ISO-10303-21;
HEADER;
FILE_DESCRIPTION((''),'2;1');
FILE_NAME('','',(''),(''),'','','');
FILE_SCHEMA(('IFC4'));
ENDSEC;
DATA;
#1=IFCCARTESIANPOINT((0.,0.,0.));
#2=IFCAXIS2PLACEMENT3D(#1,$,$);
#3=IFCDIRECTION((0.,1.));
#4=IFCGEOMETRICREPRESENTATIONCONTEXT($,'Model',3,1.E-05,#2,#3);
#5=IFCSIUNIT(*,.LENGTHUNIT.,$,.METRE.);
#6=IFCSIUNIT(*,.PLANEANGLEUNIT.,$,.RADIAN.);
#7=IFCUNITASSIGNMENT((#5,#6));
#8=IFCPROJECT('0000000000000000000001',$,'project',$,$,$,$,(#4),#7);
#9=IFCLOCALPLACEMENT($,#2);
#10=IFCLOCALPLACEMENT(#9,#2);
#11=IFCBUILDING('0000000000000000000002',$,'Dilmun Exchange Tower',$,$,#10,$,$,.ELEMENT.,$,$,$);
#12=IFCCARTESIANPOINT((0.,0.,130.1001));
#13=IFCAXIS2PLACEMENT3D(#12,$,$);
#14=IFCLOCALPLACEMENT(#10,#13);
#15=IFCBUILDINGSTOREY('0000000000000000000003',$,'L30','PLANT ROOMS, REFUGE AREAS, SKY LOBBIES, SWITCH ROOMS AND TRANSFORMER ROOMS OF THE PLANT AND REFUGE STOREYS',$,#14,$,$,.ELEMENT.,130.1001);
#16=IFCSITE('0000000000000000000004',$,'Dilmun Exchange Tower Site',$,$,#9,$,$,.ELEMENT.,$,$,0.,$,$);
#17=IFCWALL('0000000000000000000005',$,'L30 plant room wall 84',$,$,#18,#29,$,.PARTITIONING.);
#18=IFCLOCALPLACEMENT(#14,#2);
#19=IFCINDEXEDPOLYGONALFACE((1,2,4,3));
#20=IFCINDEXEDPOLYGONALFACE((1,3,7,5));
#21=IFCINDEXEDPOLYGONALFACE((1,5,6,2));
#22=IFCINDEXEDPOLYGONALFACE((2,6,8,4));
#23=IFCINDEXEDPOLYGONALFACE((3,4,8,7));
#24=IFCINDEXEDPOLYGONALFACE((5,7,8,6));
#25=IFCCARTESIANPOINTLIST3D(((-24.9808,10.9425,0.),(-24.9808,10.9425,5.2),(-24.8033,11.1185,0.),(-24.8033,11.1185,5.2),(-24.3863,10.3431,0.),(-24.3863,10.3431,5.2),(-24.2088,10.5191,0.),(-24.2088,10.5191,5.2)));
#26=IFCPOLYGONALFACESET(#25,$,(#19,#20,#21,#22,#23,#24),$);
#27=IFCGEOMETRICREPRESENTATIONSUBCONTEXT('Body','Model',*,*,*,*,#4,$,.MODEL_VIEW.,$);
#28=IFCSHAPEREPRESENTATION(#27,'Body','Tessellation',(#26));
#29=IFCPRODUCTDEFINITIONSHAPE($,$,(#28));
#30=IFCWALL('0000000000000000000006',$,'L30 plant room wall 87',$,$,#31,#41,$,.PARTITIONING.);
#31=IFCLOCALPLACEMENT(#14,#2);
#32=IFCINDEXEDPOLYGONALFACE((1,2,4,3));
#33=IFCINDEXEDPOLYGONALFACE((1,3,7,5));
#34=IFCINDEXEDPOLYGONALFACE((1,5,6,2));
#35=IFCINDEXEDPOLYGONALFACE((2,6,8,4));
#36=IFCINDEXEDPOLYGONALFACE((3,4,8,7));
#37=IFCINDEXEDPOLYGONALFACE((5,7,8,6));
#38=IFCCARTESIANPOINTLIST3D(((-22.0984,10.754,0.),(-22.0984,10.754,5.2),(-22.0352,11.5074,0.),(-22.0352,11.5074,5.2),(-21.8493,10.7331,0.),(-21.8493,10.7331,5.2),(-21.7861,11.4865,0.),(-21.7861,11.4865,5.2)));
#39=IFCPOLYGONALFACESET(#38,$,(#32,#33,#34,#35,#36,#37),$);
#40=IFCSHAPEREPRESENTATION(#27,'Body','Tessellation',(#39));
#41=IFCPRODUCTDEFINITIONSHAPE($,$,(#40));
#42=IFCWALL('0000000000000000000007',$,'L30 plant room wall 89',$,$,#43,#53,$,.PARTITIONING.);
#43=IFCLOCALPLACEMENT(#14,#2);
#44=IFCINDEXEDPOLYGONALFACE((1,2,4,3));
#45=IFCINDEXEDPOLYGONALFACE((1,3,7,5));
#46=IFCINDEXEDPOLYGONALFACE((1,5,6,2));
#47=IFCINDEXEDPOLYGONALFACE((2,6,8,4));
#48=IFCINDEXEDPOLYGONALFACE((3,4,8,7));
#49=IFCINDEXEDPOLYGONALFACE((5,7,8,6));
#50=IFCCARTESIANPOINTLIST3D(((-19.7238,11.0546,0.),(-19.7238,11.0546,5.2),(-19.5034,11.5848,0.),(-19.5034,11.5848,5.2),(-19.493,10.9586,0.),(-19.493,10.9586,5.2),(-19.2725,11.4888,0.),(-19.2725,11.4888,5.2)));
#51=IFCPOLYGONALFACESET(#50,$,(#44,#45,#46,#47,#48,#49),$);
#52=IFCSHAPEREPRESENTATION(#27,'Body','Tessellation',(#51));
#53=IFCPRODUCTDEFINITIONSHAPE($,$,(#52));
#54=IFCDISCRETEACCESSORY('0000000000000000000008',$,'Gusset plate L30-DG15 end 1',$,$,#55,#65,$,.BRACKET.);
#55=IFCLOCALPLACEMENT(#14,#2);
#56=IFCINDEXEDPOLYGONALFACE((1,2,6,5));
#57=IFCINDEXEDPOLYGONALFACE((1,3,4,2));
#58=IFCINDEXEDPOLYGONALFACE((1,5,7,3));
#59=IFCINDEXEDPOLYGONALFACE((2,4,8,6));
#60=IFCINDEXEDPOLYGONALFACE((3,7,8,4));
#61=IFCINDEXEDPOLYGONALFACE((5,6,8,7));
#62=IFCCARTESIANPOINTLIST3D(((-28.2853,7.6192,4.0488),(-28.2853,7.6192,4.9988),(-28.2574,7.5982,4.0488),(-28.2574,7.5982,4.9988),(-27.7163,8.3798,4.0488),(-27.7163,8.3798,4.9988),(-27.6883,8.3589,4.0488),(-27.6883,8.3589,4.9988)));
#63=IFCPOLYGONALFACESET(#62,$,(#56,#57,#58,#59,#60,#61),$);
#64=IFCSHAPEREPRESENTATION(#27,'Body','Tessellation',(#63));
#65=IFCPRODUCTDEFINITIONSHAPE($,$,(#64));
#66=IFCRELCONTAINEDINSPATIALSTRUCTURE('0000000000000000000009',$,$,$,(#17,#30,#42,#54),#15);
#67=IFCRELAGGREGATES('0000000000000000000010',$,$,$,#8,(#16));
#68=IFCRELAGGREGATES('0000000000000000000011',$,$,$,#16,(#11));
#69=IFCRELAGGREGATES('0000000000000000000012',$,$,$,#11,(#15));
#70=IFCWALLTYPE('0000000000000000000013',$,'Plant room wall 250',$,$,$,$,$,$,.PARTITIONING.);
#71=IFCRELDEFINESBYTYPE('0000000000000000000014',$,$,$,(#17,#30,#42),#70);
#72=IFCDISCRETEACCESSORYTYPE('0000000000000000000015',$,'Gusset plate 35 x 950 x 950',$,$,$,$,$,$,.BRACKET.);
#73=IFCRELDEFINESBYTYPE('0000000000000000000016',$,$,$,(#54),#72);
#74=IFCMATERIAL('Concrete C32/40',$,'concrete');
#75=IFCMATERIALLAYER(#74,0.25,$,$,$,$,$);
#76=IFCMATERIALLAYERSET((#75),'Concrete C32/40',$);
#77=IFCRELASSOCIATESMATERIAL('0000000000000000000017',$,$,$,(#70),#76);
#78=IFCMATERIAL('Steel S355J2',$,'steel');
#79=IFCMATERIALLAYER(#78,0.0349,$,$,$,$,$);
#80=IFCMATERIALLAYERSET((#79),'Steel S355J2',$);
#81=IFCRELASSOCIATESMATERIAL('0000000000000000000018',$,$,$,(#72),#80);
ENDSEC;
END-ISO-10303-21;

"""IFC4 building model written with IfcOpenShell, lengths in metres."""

from ifc_helpers import new_model, si_unit, direction, frame, frame_2d, origin, origin_2d, place, context, subcontext, project, spatial, rectangle, extrude, material, layer, layer_set, type_object, element, save


model = new_model("IFC4")

# Units and contexts
model_context = context("Model", 3, precision=1e-05, world=origin(), true_north=direction((0.0, 1.0)))
body_context = subcontext(model_context, "Body", "Model", "MODEL_VIEW")
ifc_project = project(units=[si_unit("LENGTHUNIT", "METRE"), si_unit("PLANEANGLEUNIT", "RADIAN")], contexts=[model_context])

# Site, building, storey
site_placement = place(None, origin())
site = spatial("IfcSite", under=ifc_project, at=site_placement, Name="Dilmun Exchange Tower Site", CompositionType="ELEMENT", RefElevation=0.0)
building_placement = place(site_placement, origin())
building = spatial("IfcBuilding", under=site, at=building_placement, Name="Dilmun Exchange Tower", CompositionType="ELEMENT")
storey_placement = place(building_placement, frame((0.0, 0.0, 130.1001)))
storey = spatial("IfcBuildingStorey", under=building, at=storey_placement, Name="L30", Description="PLANT ROOMS, REFUGE AREAS, SKY LOBBIES, SWITCH ROOMS AND TRANSFORMER ROOMS OF THE PLANT AND REFUGE STOREYS", CompositionType="ELEMENT", Elevation=130.1001)

# Walls
ifc_material_1 = material(Name="Concrete C32/40", Category="concrete")
ifc_layer_1 = layer(ifc_material_1, 0.25)
ifc_layer_set_1 = layer_set([ifc_layer_1], Name="Concrete C32/40")
wall_type = type_object("IfcWallType", Name="Plant room wall 250", PredefinedType="PARTITIONING", material=ifc_layer_set_1)
wall_1_placement = place(storey_placement, frame((-24.8921, 11.0305, 0.0), z_axis=(0.0, 0.0, 1.0), x_axis=(0.704209, -0.709993, 0.0)))
element("IfcWall", 1, at=wall_1_placement, inside=storey, type_object=wall_type, Name="L30 plant room wall 84", PredefinedType="PARTITIONING", context=body_context, shape_type="SweptSolid", body=[
    extrude(rectangle(XDim=0.8442, YDim=0.25, at=frame_2d((0.4221, 0.0))), origin(), (0.0, 0.0, 1.0), 5.2),
])
wall_2_placement = place(storey_placement, frame((-21.9739, 10.7437, 0.0), z_axis=(0.0, 0.0, 1.0), x_axis=(0.083633, 0.996497, 0.0)))
element("IfcWall", 2, at=wall_2_placement, inside=storey, type_object=wall_type, Name="L30 plant room wall 87", PredefinedType="PARTITIONING", context=body_context, shape_type="SweptSolid", body=[
    extrude(rectangle(XDim=0.7561, YDim=0.25, at=frame_2d((0.3779, 0.0))), origin(), (0.0, 0.0, 1.0), 5.2),
])
wall_3_placement = place(storey_placement, frame((-19.6084, 11.0066, 0.0), z_axis=(0.0, 0.0, 1.0), x_axis=(0.383891, 0.923379, 0.0)))
element("IfcWall", 3, at=wall_3_placement, inside=storey, type_object=wall_type, Name="L30 plant room wall 89", PredefinedType="PARTITIONING", context=body_context, shape_type="SweptSolid", body=[
    extrude(rectangle(XDim=0.5742, YDim=0.25, at=frame_2d((0.2871, 0.0))), origin(), (0.0, 0.0, 1.0), 5.2),
])

# Discrete accessory
ifc_material_2 = material(Name="Steel S355J2", Category="steel")
ifc_layer_2 = layer(ifc_material_2, 0.0349)
ifc_layer_set_2 = layer_set([ifc_layer_2], Name="Steel S355J2")
discrete_accessory_type = type_object("IfcDiscreteAccessoryType", Name="Gusset plate 35 x 950 x 950", PredefinedType="BRACKET", material=ifc_layer_set_2)
discrete_accessory_placement = place(storey_placement, frame((-27.9868, 7.989, 4.0488), z_axis=(0.0, 0.0, 1.0), x_axis=(-0.599064, -0.800701, 0.0)))
element("IfcDiscreteAccessory", 4, at=discrete_accessory_placement, inside=storey, type_object=discrete_accessory_type, Name="Gusset plate L30-DG15 end 1", PredefinedType="BRACKET", context=body_context, shape_type="SweptSolid", body=[
    extrude(rectangle(XDim=0.95, YDim=0.0349, at=origin_2d()), origin(), (0.0, 0.0, 1.0), 0.95),
])

save(model, "model.ifc")
